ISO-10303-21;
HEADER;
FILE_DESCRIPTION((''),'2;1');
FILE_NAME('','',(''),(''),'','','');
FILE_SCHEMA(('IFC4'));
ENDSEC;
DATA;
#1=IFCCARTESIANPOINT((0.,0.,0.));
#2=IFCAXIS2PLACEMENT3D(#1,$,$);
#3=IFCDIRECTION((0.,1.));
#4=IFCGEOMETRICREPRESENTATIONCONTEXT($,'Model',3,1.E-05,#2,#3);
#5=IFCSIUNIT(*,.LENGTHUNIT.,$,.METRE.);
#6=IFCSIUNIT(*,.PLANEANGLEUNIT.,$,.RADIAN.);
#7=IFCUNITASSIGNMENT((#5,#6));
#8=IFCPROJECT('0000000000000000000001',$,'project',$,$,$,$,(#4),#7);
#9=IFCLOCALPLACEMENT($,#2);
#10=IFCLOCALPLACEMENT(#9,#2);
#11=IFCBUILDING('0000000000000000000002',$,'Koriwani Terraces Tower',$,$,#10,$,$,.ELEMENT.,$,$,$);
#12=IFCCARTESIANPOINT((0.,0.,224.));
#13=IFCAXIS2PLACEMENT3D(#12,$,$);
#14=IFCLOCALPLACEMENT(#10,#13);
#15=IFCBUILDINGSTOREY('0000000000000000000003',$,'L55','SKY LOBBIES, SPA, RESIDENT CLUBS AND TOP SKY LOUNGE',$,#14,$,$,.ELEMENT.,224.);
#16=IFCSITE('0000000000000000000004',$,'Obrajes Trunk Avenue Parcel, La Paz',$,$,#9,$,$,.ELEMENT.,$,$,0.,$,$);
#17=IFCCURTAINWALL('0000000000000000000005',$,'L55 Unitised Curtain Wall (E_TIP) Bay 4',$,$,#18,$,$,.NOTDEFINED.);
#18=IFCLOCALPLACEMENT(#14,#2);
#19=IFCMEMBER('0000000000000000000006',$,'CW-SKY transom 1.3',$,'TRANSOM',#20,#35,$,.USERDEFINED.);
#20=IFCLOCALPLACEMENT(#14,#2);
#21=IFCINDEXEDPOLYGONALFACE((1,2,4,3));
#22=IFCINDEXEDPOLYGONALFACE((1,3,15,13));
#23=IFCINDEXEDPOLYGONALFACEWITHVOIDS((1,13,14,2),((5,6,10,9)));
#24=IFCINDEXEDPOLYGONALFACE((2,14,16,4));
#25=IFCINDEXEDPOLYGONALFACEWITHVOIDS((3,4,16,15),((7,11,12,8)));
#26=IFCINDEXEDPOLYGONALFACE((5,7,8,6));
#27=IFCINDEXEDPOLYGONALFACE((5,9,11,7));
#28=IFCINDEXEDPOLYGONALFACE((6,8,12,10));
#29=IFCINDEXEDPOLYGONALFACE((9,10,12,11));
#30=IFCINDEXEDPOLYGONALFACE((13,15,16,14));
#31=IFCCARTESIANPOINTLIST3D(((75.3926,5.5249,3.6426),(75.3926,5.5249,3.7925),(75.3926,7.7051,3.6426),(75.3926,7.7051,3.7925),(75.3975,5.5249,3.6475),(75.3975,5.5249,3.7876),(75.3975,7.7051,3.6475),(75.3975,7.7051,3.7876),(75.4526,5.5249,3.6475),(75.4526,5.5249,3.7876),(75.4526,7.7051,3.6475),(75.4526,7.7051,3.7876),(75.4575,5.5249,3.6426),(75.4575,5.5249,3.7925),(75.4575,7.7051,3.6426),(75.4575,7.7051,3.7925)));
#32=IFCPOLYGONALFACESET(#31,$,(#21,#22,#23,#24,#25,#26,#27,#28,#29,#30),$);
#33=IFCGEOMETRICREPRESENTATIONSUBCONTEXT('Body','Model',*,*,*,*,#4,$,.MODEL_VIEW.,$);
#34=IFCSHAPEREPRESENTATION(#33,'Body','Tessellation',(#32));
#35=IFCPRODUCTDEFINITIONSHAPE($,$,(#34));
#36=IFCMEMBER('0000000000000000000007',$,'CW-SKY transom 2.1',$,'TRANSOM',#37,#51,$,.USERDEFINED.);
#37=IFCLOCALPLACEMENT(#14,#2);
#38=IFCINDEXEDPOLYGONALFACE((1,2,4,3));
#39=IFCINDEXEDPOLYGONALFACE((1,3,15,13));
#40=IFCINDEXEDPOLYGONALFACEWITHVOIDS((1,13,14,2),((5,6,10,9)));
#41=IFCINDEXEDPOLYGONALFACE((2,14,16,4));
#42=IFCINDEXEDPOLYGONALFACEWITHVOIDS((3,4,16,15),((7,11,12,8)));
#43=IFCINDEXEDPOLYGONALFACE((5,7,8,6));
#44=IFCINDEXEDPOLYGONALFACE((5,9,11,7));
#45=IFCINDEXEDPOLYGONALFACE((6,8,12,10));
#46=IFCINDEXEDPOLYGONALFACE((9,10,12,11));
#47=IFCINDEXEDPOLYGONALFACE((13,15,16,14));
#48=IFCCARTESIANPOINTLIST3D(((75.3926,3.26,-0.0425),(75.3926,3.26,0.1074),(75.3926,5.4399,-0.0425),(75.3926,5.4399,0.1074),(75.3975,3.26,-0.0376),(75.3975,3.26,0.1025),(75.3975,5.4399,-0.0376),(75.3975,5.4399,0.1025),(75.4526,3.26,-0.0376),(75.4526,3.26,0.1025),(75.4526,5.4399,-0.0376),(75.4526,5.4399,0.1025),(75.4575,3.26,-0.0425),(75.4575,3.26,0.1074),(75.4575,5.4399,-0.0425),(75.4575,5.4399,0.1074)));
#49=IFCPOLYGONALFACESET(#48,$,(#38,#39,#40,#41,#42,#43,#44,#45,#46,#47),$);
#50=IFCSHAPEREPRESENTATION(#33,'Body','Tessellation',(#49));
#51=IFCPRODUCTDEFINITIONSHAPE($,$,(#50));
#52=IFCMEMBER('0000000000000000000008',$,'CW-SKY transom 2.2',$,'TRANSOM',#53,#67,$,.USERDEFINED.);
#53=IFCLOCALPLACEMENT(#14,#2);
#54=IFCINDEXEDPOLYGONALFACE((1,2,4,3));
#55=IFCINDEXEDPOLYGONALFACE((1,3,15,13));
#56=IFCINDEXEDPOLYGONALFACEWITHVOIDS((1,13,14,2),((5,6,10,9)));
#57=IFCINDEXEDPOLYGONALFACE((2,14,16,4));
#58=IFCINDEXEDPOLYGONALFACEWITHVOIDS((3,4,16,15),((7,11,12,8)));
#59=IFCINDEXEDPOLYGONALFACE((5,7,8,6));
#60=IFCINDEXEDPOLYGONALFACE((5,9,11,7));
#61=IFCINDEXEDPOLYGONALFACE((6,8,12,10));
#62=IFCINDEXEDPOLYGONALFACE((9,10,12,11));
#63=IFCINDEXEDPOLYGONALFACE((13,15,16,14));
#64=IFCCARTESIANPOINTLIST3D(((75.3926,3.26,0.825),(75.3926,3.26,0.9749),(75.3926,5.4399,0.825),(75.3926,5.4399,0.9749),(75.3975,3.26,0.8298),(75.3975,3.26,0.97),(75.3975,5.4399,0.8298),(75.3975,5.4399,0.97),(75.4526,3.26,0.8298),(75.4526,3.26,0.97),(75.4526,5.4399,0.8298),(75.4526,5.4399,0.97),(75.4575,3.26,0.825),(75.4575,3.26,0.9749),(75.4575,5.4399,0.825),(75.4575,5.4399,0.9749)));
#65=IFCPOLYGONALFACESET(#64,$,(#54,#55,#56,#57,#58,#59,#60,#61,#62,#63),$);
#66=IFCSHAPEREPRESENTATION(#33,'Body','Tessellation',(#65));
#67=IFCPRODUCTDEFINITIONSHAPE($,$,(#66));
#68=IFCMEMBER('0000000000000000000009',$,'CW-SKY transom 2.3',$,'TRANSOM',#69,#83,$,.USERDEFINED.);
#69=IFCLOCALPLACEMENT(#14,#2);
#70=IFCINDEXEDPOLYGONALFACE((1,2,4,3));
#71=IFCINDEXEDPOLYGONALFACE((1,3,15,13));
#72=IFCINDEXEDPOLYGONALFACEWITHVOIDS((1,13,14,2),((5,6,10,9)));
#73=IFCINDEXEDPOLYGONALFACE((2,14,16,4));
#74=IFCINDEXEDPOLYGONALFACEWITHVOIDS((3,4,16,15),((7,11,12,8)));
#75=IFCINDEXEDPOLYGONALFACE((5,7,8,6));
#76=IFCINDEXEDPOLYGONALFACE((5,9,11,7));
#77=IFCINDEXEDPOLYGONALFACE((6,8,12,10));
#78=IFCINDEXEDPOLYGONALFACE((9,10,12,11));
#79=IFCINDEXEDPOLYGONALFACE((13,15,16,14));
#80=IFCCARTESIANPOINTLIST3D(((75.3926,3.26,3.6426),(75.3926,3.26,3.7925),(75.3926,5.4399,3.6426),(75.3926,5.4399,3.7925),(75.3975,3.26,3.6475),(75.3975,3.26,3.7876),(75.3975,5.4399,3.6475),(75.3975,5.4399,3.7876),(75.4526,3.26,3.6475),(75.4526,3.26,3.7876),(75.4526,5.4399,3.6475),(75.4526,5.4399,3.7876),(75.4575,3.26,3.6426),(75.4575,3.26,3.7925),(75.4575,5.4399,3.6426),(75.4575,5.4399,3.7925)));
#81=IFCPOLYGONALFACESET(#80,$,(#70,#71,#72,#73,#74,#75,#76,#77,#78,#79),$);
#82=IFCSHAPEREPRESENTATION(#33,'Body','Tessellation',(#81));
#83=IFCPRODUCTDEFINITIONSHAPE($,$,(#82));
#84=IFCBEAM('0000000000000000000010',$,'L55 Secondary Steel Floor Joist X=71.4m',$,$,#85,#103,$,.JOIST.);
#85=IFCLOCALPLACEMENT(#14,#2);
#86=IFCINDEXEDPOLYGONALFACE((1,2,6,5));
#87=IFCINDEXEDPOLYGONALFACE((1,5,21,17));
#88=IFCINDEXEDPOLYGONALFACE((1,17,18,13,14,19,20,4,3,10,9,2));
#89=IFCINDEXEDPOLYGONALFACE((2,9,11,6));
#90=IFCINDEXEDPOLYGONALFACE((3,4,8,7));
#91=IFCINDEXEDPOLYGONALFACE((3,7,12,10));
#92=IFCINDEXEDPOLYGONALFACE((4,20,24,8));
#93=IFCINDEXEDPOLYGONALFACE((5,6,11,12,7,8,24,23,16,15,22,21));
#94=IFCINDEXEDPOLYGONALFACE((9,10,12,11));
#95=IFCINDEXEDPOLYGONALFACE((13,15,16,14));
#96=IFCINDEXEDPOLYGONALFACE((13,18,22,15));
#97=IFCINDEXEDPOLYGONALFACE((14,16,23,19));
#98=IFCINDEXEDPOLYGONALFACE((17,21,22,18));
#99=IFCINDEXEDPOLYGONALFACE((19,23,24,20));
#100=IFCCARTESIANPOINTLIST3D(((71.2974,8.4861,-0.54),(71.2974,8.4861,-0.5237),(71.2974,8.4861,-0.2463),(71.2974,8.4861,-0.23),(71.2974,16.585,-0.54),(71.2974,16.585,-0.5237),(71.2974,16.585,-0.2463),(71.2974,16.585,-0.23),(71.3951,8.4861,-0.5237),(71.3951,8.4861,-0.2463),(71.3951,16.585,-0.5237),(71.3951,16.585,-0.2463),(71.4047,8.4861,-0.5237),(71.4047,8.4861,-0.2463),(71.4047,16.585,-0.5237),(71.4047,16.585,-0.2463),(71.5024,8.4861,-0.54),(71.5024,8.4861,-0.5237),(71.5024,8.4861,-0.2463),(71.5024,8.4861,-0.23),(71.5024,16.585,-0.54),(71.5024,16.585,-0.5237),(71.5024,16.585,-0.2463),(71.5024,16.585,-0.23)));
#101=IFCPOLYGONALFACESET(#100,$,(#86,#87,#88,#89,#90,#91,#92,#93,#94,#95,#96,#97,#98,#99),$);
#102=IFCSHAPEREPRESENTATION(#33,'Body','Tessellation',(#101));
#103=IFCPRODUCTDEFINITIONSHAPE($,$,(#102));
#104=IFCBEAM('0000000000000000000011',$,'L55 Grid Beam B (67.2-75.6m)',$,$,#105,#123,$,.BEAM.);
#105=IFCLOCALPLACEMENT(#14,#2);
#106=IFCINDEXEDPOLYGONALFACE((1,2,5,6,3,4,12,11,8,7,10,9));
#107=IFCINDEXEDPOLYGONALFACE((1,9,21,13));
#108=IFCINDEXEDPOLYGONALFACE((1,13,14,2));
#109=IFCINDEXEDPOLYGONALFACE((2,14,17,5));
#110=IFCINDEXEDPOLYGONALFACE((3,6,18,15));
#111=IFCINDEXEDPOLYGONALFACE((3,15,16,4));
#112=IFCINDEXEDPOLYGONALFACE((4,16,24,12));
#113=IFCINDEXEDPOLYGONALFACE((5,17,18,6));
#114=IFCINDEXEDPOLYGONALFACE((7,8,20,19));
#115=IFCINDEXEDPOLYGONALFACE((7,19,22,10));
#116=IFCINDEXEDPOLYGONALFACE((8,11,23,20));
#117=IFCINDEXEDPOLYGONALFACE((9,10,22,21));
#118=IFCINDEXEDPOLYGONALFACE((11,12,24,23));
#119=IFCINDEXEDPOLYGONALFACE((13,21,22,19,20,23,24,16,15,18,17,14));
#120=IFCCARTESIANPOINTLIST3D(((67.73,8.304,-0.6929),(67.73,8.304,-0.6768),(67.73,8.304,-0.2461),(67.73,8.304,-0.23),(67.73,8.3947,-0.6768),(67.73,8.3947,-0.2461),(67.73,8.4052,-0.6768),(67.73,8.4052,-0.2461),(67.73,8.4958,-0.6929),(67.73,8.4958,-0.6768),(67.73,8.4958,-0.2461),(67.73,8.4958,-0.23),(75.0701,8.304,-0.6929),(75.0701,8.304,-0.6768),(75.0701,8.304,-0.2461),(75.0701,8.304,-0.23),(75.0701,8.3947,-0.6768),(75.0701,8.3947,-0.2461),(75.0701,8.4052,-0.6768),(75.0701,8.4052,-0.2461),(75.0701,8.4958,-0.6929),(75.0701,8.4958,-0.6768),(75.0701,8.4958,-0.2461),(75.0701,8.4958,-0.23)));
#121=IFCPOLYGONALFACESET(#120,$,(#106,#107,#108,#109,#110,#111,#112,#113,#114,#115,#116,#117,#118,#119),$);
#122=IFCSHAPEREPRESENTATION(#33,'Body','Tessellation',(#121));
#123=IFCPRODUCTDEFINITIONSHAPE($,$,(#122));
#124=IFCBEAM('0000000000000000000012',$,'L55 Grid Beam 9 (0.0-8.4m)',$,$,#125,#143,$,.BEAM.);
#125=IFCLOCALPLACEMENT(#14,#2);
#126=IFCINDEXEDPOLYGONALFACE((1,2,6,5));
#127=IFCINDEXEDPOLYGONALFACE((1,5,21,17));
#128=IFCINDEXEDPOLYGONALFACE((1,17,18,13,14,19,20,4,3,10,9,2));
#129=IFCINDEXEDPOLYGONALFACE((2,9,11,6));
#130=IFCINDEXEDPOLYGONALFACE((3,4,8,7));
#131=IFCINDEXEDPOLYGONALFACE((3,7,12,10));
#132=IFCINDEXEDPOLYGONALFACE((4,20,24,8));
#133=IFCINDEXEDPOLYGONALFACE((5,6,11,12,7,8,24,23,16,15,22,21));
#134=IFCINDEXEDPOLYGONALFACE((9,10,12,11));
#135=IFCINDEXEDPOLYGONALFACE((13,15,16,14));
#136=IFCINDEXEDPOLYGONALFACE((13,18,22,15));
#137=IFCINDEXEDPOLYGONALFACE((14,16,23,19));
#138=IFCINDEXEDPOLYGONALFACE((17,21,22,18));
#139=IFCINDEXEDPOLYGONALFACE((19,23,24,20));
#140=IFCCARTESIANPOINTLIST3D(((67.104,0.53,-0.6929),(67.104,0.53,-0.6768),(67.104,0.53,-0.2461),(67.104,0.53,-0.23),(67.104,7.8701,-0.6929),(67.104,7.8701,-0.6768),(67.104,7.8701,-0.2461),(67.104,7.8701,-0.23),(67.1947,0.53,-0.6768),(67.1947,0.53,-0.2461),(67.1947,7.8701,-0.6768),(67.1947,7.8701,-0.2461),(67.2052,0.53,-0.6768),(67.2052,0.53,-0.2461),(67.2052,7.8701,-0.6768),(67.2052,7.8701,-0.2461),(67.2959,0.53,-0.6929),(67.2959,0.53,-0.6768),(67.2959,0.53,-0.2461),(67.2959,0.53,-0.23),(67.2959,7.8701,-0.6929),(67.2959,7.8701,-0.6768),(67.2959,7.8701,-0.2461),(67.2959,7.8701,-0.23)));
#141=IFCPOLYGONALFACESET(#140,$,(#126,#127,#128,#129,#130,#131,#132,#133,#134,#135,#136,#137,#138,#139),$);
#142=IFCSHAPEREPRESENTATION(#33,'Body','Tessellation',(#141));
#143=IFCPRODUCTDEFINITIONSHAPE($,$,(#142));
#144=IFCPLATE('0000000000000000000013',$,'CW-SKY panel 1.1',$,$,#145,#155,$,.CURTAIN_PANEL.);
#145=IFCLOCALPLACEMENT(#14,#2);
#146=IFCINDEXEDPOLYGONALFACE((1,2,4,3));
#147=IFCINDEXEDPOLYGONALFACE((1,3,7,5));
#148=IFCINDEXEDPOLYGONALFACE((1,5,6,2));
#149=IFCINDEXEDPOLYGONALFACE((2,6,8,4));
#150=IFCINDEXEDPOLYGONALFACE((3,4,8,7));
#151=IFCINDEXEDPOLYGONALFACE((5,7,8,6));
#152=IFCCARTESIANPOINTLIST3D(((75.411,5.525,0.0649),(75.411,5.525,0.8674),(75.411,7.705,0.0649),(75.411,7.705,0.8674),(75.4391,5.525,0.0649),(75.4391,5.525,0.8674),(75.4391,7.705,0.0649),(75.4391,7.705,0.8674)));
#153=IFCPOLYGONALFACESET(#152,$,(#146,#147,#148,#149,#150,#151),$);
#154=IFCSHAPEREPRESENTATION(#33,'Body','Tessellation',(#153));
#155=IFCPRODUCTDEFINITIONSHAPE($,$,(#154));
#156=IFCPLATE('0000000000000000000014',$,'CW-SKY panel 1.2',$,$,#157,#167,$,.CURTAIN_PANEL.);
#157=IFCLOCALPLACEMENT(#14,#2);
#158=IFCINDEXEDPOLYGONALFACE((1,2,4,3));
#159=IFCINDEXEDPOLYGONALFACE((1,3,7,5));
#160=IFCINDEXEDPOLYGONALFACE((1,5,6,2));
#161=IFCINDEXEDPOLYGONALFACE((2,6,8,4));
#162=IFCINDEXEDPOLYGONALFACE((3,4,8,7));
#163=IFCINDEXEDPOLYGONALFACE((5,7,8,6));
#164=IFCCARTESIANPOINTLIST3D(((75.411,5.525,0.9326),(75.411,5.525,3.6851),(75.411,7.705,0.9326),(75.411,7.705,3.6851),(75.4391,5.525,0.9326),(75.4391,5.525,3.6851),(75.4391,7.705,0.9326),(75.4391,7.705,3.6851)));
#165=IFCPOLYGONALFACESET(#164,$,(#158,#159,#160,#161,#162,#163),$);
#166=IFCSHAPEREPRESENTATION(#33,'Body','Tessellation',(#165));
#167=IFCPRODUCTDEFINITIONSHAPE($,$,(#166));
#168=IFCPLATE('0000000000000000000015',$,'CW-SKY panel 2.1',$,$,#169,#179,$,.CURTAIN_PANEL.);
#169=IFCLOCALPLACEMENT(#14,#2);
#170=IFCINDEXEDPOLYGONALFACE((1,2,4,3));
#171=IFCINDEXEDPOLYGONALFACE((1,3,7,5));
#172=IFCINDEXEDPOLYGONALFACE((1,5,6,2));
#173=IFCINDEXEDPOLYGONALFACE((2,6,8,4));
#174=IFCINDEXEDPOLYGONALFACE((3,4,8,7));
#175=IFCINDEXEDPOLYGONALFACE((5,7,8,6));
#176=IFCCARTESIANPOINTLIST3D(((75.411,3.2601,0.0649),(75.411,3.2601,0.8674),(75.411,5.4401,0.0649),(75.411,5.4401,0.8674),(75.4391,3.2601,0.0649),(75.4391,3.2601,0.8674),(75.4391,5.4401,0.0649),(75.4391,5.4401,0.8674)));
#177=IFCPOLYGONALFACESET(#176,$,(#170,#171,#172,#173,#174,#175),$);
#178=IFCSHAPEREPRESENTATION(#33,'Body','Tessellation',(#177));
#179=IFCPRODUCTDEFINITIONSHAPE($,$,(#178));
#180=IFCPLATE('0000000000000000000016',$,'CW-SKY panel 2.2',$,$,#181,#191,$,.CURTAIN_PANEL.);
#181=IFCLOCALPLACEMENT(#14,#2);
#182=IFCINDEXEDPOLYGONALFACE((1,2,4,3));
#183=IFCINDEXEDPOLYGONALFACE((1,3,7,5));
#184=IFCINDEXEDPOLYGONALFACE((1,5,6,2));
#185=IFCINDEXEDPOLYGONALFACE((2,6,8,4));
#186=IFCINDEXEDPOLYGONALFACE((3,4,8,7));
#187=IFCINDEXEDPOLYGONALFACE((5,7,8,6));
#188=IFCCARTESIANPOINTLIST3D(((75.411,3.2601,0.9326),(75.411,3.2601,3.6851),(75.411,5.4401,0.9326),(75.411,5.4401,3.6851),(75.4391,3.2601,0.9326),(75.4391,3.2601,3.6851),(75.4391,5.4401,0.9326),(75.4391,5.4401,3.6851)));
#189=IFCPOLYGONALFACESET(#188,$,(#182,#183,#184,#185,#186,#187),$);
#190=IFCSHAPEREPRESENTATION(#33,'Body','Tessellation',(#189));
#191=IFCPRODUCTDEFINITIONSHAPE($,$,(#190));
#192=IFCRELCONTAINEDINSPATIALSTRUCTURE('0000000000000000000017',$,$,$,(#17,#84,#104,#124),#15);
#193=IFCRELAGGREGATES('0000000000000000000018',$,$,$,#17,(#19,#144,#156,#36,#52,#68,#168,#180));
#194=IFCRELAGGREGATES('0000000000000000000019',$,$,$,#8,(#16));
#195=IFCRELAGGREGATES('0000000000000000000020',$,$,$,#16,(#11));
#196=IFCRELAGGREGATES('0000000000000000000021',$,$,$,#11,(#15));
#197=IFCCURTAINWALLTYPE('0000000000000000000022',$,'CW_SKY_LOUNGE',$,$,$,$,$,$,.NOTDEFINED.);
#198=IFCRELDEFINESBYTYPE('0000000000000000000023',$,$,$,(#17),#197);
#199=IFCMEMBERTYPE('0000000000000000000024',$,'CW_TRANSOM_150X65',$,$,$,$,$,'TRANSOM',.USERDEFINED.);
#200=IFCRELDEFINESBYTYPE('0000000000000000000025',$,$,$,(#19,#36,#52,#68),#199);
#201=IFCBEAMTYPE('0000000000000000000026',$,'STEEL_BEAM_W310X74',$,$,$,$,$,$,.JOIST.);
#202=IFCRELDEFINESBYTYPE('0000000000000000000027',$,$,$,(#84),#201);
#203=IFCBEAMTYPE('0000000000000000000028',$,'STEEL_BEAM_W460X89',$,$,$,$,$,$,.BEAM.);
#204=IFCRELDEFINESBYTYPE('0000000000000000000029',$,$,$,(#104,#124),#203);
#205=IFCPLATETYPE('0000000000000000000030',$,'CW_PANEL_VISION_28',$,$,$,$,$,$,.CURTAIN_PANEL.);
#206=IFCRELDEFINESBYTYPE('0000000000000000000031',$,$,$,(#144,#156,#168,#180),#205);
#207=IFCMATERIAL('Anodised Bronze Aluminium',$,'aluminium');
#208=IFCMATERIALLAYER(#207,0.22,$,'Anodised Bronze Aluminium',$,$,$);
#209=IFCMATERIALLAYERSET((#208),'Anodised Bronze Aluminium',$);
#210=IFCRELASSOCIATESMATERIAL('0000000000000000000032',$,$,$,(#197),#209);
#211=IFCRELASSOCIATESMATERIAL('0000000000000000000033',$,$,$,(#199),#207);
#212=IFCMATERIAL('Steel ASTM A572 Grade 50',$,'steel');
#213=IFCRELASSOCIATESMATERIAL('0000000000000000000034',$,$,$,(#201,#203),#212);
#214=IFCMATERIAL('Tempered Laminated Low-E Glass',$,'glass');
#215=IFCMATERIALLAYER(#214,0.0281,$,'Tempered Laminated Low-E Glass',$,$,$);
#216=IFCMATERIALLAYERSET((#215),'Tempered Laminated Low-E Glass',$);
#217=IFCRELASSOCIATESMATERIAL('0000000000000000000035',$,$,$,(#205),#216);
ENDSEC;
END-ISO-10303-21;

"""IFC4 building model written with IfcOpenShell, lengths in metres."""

from ifc_helpers import new_model, si_unit, direction, frame, origin, origin_2d, place, context, subcontext, project, spatial, rectangle, hollow_rectangle, i_section, extrude, material, layer, layer_set, material_profile, profile_set, type_object, element, aggregate, save


model = new_model("IFC4")

# Units and contexts
model_context = context("Model", 3, precision=1e-05, world=origin(), true_north=direction((0.0, 1.0)))
body_context = subcontext(model_context, "Body", "Model", "MODEL_VIEW")
ifc_project = project(units=[si_unit("LENGTHUNIT", "METRE"), si_unit("PLANEANGLEUNIT", "RADIAN")], contexts=[model_context])

# Site, building, storey
site_placement = place(None, origin())
site = spatial("IfcSite", under=ifc_project, at=site_placement, Name="Obrajes Trunk Avenue Parcel, La Paz", CompositionType="ELEMENT", RefElevation=0.0)
building_placement = place(site_placement, origin())
building = spatial("IfcBuilding", under=site, at=building_placement, Name="Koriwani Terraces Tower", CompositionType="ELEMENT")
storey_placement = place(building_placement, frame((0.0, 0.0, 224.0)))
storey = spatial("IfcBuildingStorey", under=building, at=storey_placement, Name="L55", Description="SKY LOBBIES, SPA, RESIDENT CLUBS AND TOP SKY LOUNGE", CompositionType="ELEMENT", Elevation=224.0)

# Shared definitions
ifc_material_1 = material(Name="Anodised Bronze Aluminium", Category="aluminium")
ifc_layer_1 = layer(ifc_material_1, 0.22, Name="Anodised Bronze Aluminium")
ifc_layer_set_1 = layer_set([ifc_layer_1], Name="Anodised Bronze Aluminium")
curtain_wall_type = type_object("IfcCurtainWallType", Name="CW_SKY_LOUNGE", PredefinedType="NOTDEFINED", material=ifc_layer_set_1)

# Curtain wall, members
curtain_wall_1_placement = place(storey_placement, origin())
curtain_wall_1 = element("IfcCurtainWall", 1, at=curtain_wall_1_placement, inside=storey, type_object=curtain_wall_type, Name="L55 Unitised Curtain Wall (E_TIP) Bay 4", PredefinedType="NOTDEFINED")
ifc_material_profile_1 = material_profile(ifc_material_1, hollow_rectangle(XDim=0.0649, YDim=0.1499, WallThickness=0.0049, at=origin_2d()), Name="Anodised Bronze Aluminium", Category="LoadBearing")
ifc_profile_set_1 = profile_set([ifc_material_profile_1], Name="Anodised Bronze Aluminium")
member_type_1 = type_object("IfcMemberType", Name="CW_TRANSOM_150X65", ElementType="TRANSOM", PredefinedType="USERDEFINED", material=ifc_profile_set_1)
member_1_placement = place(storey_placement, frame((75.425, 7.7051, 3.7175), z_axis=(0.0, -1.0, 0.0), x_axis=(1.0, 0.0, 0.0)))
member_1 = element("IfcMember", 2, at=member_1_placement, type_object=member_type_1, Name="CW-SKY transom 1.3", ObjectType="TRANSOM", PredefinedType="USERDEFINED", context=body_context, shape_type="SweptSolid", body=[
    extrude(hollow_rectangle(XDim=0.0649, YDim=0.1499, WallThickness=0.0049, at=origin_2d()), origin(), (0.0, 0.0, 1.0), 2.1802),
])
member_2_placement = place(storey_placement, frame((75.425, 5.4399, 0.0325), z_axis=(0.0, -1.0, 0.0), x_axis=(1.0, 0.0, 0.0)))
member_2 = element("IfcMember", 3, at=member_2_placement, type_object=member_type_1, Name="CW-SKY transom 2.1", ObjectType="TRANSOM", PredefinedType="USERDEFINED", context=body_context, shape_type="SweptSolid", body=[
    extrude(hollow_rectangle(XDim=0.0649, YDim=0.1499, WallThickness=0.0049, at=origin_2d()), origin(), (0.0, 0.0, 1.0), 2.1799),
])
member_3_placement = place(storey_placement, frame((75.425, 5.4399, 0.8999), z_axis=(0.0, -1.0, 0.0), x_axis=(1.0, 0.0, 0.0)))
member_3 = element("IfcMember", 4, at=member_3_placement, type_object=member_type_1, Name="CW-SKY transom 2.2", ObjectType="TRANSOM", PredefinedType="USERDEFINED", context=body_context, shape_type="SweptSolid", body=[
    extrude(hollow_rectangle(XDim=0.0649, YDim=0.1499, WallThickness=0.0049, at=origin_2d()), origin(), (0.0, 0.0, 1.0), 2.1799),
])
member_4_placement = place(storey_placement, frame((75.425, 5.4399, 3.7175), z_axis=(0.0, -1.0, 0.0), x_axis=(1.0, 0.0, 0.0)))
member_4 = element("IfcMember", 5, at=member_4_placement, type_object=member_type_1, Name="CW-SKY transom 2.3", ObjectType="TRANSOM", PredefinedType="USERDEFINED", context=body_context, shape_type="SweptSolid", body=[
    extrude(hollow_rectangle(XDim=0.0649, YDim=0.1499, WallThickness=0.0049, at=origin_2d()), origin(), (0.0, 0.0, 1.0), 2.1799),
])

# Beams
ifc_material_2 = material(Name="Steel ASTM A572 Grade 50", Category="steel")
ifc_material_profile_2 = material_profile(ifc_material_2, i_section(OverallWidth=0.2051, OverallDepth=0.3101, WebThickness=0.0095, FlangeThickness=0.0164, at=origin_2d()), Name="Steel ASTM A572 Grade 50", Category="LoadBearing")
ifc_profile_set_2 = profile_set([ifc_material_profile_2], Name="Steel ASTM A572 Grade 50")
beam_type_1 = type_object("IfcBeamType", Name="STEEL_BEAM_W310X74", PredefinedType="JOIST", material=ifc_profile_set_2)
beam_1_placement = place(storey_placement, frame((71.3999, 8.4861, -0.385), z_axis=(0.0, 1.0, 0.0), x_axis=(-1.0, 0.0, 0.0)))
element("IfcBeam", 6, at=beam_1_placement, inside=storey, type_object=beam_type_1, Name="L55 Secondary Steel Floor Joist X=71.4m", PredefinedType="JOIST", context=body_context, shape_type="SweptSolid", body=[
    extrude(i_section(OverallWidth=0.2051, OverallDepth=0.3101, WebThickness=0.0095, FlangeThickness=0.0164, at=origin_2d()), origin(), (0.0, 0.0, 1.0), 8.0989),
])
ifc_material_profile_3 = material_profile(ifc_material_2, i_section(OverallWidth=0.1919, OverallDepth=0.4629, WebThickness=0.0105, FlangeThickness=0.0161, at=origin_2d()), Name="Steel ASTM A572 Grade 50", Category="LoadBearing")
ifc_profile_set_3 = profile_set([ifc_material_profile_3], Name="Steel ASTM A572 Grade 50")
beam_type_2 = type_object("IfcBeamType", Name="STEEL_BEAM_W460X89", PredefinedType="BEAM", material=ifc_profile_set_3)
for number, where, z_axis, x_axis, name in (
    (7, (67.73, 8.3999, -0.4614), (1.0, 0.0, 0.0), (0.0, 1.0, 0.0), "L55 Grid Beam B (67.2-75.6m)"),
    (8, (67.2, 0.53, -0.4614), (0.0, 1.0, 0.0), (-1.0, 0.0, 0.0), "L55 Grid Beam 9 (0.0-8.4m)"),
):
    element("IfcBeam", number, at=place(storey_placement, frame(where, z_axis=z_axis, x_axis=x_axis)), inside=storey, type_object=beam_type_2, Name=name, PredefinedType="BEAM", context=body_context, shape_type="SweptSolid", body=[
        extrude(i_section(OverallWidth=0.1919, OverallDepth=0.4629, WebThickness=0.0105, FlangeThickness=0.0161, at=origin_2d()), origin(), (0.0, 0.0, 1.0), 7.3401),
    ])

# Plates
ifc_material_3 = material(Name="Tempered Laminated Low-E Glass", Category="glass")
ifc_layer_2 = layer(ifc_material_3, 0.0281, Name="Tempered Laminated Low-E Glass")
ifc_layer_set_2 = layer_set([ifc_layer_2], Name="Tempered Laminated Low-E Glass")
plate_type = type_object("IfcPlateType", Name="CW_PANEL_VISION_28", PredefinedType="CURTAIN_PANEL", material=ifc_layer_set_2)
plate_1_placement = place(storey_placement, frame((75.425, 6.615, 0.0649), z_axis=(0.0, 0.0, 1.0), x_axis=(0.0, -1.0, 0.0)))
plate_1 = element("IfcPlate", 9, at=plate_1_placement, type_object=plate_type, Name="CW-SKY panel 1.1", PredefinedType="CURTAIN_PANEL", context=body_context, shape_type="SweptSolid", body=[
    extrude(rectangle(XDim=2.1799, YDim=0.0281, at=origin_2d()), origin(), (0.0, 0.0, 1.0), 0.8025),
])
plate_2_placement = place(storey_placement, frame((75.425, 6.615, 0.9326), z_axis=(0.0, 0.0, 1.0), x_axis=(0.0, -1.0, 0.0)))
plate_2 = element("IfcPlate", 10, at=plate_2_placement, type_object=plate_type, Name="CW-SKY panel 1.2", PredefinedType="CURTAIN_PANEL", context=body_context, shape_type="SweptSolid", body=[
    extrude(rectangle(XDim=2.1799, YDim=0.0281, at=origin_2d()), origin(), (0.0, 0.0, 1.0), 2.7524),
])
plate_3_placement = place(storey_placement, frame((75.425, 4.3501, 0.0649), z_axis=(0.0, 0.0, 1.0), x_axis=(0.0, -1.0, 0.0)))
plate_3 = element("IfcPlate", 11, at=plate_3_placement, type_object=plate_type, Name="CW-SKY panel 2.1", PredefinedType="CURTAIN_PANEL", context=body_context, shape_type="SweptSolid", body=[
    extrude(rectangle(XDim=2.1799, YDim=0.0281, at=origin_2d()), origin(), (0.0, 0.0, 1.0), 0.8025),
])
plate_4_placement = place(storey_placement, frame((75.425, 4.3501, 0.9326), z_axis=(0.0, 0.0, 1.0), x_axis=(0.0, -1.0, 0.0)))
plate_4 = element("IfcPlate", 12, at=plate_4_placement, type_object=plate_type, Name="CW-SKY panel 2.2", PredefinedType="CURTAIN_PANEL", context=body_context, shape_type="SweptSolid", body=[
    extrude(rectangle(XDim=2.1799, YDim=0.0281, at=origin_2d()), origin(), (0.0, 0.0, 1.0), 2.7524),
])
aggregate(curtain_wall_1, [member_1, plate_1, plate_2, member_2, member_3, member_4, plate_3, plate_4])

save(model, "model.ifc")
